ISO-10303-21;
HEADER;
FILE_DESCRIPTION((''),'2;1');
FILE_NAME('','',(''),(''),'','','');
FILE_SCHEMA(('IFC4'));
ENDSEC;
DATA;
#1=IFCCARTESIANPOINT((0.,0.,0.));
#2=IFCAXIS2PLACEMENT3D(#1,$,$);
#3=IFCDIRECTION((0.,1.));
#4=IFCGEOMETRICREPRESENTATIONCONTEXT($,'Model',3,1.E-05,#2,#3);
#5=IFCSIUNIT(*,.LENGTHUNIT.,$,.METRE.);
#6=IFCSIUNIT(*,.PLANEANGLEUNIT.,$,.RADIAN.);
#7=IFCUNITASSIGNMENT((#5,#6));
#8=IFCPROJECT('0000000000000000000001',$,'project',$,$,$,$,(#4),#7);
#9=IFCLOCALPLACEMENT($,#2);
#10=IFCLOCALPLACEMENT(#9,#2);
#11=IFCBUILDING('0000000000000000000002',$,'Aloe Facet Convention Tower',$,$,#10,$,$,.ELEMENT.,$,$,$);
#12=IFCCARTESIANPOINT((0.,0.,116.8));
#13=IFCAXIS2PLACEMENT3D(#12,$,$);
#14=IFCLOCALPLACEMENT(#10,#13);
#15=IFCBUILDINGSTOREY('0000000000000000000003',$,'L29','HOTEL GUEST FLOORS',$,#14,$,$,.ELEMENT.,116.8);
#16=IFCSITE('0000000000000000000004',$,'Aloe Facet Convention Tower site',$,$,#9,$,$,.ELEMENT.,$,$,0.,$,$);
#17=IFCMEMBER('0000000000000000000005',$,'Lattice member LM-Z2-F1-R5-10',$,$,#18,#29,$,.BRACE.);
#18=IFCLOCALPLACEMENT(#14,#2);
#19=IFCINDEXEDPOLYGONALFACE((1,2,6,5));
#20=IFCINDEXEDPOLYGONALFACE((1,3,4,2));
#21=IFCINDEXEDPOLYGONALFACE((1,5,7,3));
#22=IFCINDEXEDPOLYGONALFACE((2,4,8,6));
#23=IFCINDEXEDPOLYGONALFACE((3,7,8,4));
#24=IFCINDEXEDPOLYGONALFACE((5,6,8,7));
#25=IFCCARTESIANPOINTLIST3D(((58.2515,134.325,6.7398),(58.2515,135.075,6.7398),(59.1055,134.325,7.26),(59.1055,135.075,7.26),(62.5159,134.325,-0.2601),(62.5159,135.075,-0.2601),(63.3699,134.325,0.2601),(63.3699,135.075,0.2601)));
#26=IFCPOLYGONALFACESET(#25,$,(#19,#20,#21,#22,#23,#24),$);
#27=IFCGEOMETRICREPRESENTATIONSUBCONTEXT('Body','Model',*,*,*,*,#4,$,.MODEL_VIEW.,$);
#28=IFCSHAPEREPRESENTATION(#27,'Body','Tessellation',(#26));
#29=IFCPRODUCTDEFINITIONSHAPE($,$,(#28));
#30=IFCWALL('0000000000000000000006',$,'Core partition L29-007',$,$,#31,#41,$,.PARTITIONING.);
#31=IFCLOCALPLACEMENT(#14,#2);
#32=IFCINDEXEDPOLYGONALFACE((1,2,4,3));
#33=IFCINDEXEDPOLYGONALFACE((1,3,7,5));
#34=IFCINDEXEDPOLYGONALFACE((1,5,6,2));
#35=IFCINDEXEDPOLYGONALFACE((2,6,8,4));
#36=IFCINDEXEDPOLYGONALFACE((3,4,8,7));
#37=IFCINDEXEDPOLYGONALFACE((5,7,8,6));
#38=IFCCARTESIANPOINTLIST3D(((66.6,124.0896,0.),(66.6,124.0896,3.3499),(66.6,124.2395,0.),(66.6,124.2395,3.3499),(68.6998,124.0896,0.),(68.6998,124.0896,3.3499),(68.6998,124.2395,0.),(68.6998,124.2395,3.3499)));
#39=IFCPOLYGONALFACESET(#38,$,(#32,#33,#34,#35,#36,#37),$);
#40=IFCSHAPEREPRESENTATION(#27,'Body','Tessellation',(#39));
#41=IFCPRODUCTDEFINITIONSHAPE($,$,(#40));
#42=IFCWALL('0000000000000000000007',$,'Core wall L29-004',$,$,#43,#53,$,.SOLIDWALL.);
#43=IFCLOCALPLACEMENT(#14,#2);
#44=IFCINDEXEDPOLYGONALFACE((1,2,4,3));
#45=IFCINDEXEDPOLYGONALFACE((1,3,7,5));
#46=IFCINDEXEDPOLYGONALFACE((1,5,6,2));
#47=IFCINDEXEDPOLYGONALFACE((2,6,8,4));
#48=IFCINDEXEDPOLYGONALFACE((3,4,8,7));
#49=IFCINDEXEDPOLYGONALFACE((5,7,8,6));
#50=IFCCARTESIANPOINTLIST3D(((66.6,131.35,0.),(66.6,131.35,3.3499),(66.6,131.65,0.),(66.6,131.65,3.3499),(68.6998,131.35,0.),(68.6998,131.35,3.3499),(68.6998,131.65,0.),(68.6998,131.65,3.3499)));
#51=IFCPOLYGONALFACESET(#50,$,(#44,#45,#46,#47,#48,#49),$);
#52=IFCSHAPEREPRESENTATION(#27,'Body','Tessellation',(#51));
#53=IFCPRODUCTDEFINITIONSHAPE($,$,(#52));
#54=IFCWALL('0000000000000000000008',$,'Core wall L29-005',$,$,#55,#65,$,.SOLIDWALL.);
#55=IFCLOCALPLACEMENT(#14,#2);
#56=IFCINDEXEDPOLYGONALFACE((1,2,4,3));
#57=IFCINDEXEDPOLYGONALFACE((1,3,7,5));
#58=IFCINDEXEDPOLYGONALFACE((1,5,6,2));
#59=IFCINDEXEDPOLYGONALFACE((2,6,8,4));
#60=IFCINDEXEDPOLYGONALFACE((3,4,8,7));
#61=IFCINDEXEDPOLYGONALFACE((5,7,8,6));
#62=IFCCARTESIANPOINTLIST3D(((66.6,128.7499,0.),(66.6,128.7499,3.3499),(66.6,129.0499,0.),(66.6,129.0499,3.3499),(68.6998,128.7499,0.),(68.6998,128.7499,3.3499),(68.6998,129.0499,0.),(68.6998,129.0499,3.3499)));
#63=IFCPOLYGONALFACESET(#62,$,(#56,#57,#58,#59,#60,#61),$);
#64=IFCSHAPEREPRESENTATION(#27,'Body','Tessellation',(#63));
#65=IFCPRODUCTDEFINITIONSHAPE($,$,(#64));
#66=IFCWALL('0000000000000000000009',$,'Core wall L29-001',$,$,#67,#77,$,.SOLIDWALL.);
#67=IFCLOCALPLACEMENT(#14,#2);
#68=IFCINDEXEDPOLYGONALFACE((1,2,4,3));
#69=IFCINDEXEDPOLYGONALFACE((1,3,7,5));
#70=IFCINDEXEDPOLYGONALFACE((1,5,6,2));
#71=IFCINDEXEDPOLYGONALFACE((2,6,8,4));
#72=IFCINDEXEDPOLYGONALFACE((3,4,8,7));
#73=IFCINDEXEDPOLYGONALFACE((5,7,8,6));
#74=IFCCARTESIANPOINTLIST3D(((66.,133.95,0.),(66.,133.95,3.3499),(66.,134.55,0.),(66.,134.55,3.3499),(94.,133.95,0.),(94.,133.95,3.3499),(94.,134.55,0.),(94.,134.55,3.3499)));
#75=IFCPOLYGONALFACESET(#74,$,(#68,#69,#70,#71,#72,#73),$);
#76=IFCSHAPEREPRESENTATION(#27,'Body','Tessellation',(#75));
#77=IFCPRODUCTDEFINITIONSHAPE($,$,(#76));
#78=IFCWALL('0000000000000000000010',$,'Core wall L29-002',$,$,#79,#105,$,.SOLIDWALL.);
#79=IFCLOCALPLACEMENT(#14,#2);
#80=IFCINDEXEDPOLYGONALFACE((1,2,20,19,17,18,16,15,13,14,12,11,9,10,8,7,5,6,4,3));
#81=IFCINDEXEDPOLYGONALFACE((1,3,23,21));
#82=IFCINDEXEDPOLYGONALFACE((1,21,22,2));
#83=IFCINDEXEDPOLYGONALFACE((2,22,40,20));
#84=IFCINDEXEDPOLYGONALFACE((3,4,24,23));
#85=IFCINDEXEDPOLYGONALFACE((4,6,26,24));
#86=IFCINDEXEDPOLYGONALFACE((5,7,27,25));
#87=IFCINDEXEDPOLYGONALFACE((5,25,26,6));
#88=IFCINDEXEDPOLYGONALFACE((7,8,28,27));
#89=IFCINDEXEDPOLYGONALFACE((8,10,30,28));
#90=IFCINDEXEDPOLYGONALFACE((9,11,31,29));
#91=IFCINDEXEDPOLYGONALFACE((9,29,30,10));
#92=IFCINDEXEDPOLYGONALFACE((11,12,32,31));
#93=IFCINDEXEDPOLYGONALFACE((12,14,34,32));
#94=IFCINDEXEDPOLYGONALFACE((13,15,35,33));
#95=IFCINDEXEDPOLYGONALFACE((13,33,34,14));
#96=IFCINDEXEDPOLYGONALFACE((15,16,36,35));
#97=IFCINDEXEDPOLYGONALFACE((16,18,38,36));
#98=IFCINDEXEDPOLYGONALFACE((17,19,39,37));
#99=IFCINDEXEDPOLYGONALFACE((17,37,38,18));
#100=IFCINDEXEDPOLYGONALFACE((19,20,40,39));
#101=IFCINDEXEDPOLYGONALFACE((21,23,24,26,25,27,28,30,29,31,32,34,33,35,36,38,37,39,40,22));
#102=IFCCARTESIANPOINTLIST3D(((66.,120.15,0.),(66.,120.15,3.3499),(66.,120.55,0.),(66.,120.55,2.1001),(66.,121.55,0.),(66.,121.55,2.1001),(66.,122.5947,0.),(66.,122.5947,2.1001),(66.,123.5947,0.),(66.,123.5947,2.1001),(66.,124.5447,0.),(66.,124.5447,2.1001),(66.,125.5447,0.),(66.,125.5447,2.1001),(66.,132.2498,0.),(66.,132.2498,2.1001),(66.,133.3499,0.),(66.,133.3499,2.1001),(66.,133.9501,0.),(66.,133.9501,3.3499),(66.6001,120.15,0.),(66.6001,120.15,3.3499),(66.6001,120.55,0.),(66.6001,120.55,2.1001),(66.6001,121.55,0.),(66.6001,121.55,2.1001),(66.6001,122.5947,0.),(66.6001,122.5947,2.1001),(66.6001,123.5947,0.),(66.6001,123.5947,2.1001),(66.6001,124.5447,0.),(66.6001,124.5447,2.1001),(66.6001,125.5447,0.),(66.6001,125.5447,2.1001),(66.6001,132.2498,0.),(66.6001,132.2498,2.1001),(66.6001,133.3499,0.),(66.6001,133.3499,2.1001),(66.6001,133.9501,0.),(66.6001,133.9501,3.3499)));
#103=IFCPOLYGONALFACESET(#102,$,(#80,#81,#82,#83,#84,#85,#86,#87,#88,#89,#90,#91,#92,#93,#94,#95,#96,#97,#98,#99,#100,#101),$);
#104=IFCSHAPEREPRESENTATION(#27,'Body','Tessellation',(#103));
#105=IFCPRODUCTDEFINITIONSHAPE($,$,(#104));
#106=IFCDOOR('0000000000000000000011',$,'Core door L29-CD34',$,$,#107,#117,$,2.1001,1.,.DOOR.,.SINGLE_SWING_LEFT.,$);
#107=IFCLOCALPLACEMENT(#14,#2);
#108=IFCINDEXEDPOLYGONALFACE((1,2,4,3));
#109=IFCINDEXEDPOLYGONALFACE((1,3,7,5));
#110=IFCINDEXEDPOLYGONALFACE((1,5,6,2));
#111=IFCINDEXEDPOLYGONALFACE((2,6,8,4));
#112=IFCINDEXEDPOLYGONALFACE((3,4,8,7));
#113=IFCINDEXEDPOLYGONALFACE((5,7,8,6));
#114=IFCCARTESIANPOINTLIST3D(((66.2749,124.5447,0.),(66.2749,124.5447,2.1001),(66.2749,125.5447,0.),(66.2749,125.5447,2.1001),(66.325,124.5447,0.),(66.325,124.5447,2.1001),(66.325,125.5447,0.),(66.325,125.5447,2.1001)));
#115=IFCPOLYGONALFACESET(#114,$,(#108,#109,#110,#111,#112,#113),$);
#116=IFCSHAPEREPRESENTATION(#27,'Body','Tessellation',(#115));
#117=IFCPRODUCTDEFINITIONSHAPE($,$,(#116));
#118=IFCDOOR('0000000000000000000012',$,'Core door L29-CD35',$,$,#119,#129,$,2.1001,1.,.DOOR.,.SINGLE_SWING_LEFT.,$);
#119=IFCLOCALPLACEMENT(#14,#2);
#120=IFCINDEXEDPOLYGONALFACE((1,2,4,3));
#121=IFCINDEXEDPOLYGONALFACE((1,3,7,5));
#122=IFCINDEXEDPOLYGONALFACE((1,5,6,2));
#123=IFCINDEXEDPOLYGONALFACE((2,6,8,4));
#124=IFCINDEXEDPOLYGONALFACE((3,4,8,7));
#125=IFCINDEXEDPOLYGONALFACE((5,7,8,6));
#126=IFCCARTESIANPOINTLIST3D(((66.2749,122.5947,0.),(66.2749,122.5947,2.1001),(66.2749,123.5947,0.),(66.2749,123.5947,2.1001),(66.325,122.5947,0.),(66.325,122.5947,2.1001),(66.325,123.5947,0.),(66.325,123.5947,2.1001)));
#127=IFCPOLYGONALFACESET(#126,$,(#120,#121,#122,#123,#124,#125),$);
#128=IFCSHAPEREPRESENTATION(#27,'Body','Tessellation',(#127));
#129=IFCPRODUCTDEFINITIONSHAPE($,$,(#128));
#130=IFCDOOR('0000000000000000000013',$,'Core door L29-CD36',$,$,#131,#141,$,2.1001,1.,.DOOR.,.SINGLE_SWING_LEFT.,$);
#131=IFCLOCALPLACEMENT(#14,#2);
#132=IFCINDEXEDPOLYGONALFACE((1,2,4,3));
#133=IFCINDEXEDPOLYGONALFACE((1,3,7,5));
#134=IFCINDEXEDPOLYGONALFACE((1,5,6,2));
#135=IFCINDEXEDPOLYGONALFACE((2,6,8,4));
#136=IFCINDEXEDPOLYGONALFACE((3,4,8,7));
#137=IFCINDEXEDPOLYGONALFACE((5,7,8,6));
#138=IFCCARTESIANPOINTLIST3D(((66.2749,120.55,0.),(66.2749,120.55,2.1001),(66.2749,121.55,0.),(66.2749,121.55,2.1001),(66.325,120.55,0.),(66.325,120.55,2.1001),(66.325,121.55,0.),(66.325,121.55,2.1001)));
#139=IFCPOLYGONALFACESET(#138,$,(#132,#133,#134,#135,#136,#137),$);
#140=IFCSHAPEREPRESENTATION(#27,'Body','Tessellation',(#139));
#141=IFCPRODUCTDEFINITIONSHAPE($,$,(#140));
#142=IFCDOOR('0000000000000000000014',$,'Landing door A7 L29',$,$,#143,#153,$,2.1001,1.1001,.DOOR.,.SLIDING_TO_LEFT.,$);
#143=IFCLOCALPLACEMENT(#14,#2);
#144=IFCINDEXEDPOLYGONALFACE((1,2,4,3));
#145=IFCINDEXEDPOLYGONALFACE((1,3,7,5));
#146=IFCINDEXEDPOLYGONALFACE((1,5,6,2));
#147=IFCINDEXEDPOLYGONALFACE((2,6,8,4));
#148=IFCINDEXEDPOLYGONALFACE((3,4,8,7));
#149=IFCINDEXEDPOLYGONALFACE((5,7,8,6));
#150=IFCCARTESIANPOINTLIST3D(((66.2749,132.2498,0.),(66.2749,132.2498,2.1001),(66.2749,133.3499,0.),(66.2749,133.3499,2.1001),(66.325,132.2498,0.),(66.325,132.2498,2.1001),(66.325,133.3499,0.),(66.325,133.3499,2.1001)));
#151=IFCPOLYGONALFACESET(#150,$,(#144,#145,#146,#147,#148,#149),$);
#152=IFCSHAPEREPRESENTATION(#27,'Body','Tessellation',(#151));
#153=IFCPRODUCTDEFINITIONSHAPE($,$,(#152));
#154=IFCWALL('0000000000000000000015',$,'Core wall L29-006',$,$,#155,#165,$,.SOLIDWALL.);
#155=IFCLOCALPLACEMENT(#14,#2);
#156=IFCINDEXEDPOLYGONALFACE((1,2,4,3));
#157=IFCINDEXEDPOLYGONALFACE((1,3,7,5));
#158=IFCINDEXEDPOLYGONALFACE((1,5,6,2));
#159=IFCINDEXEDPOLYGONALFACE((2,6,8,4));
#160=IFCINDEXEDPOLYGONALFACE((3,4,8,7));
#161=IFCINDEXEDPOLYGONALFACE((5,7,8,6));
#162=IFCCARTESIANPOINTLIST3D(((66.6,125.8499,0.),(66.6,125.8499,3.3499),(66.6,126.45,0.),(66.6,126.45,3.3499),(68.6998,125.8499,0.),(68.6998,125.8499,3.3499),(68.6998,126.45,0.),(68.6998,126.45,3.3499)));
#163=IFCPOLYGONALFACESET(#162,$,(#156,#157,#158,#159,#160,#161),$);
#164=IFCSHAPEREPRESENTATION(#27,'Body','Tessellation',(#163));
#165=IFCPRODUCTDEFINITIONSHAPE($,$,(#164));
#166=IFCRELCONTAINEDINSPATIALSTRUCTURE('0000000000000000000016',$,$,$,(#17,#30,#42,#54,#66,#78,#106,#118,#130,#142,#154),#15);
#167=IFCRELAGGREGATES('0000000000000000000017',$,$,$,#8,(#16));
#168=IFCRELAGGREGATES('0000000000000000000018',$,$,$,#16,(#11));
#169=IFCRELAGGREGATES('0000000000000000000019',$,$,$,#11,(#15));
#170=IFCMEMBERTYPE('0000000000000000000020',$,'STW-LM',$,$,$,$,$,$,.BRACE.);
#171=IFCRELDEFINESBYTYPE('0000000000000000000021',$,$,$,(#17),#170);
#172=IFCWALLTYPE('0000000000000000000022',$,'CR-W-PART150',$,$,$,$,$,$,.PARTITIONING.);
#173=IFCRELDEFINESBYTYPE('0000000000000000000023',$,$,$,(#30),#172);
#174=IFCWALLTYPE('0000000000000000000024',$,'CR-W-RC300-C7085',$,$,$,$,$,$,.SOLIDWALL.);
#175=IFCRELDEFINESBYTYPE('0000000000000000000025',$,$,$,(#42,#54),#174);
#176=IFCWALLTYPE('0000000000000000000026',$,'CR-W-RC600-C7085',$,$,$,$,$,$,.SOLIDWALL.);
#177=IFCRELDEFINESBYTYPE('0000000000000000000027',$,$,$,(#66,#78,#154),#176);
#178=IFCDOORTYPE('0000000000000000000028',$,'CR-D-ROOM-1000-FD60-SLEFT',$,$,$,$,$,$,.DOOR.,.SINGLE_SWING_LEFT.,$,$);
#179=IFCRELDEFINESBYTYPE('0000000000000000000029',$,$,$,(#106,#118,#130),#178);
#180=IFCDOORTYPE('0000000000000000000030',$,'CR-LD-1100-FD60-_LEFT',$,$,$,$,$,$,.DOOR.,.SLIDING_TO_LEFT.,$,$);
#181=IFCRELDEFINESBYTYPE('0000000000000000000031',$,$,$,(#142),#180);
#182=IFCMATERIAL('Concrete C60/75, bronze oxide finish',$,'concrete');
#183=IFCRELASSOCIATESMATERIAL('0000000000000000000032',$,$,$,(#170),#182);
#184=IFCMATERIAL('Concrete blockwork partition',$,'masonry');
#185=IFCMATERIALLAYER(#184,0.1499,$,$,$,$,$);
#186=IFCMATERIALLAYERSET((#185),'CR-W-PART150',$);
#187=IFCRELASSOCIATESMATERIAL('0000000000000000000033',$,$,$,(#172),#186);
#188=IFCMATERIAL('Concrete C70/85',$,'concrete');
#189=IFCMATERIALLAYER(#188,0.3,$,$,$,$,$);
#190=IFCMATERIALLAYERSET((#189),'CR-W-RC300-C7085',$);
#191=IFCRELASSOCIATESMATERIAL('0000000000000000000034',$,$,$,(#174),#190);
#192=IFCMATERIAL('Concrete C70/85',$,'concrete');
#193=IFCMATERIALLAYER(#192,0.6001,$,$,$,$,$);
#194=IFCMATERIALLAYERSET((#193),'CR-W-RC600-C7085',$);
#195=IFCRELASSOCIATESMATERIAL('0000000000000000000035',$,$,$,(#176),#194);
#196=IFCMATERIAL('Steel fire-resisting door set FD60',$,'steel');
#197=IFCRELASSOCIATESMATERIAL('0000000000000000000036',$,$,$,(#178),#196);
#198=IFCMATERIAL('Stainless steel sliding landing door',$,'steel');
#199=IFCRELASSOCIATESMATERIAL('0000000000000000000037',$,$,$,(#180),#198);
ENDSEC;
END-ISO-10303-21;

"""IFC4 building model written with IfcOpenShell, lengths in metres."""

from ifc_helpers import new_model, si_unit, direction, frame, frame_2d, origin, origin_2d, place, context, subcontext, project, spatial, rectangle, extrude, material, layer, layer_set, material_profile, profile_set, type_object, element, fill, save


model = new_model("IFC4")

# Units and contexts
model_context = context("Model", 3, precision=1e-05, world=origin(), true_north=direction((0.0, 1.0)))
body_context = subcontext(model_context, "Body", "Model", "MODEL_VIEW")
ifc_project = project(units=[si_unit("LENGTHUNIT", "METRE"), si_unit("PLANEANGLEUNIT", "RADIAN")], contexts=[model_context])

# Site, building, storey
site_placement = place(None, origin())
site = spatial("IfcSite", under=ifc_project, at=site_placement, Name="Aloe Facet Convention Tower site", CompositionType="ELEMENT", RefElevation=0.0)
building_placement = place(site_placement, origin())
building = spatial("IfcBuilding", under=site, at=building_placement, Name="Aloe Facet Convention Tower", CompositionType="ELEMENT")
storey_placement = place(building_placement, frame((0.0, 0.0, 116.8)))
storey = spatial("IfcBuildingStorey", under=building, at=storey_placement, Name="L29", Description="HOTEL GUEST FLOORS", CompositionType="ELEMENT", Elevation=116.8)

# Member
ifc_material_1 = material(Name="Concrete C60/75, bronze oxide finish", Category="concrete")
ifc_material_profile = material_profile(ifc_material_1, rectangle(XDim=0.75, YDim=1.0, at=origin_2d()), Name="STW-LM")
ifc_profile_set = profile_set([ifc_material_profile], Name="Concrete C60/75, bronze oxide finish")
member_type = type_object("IfcMemberType", Name="STW-LM", PredefinedType="BRACE", material=ifc_profile_set)
member_placement = place(storey_placement, frame((62.9429, 134.7, 0.0), z_axis=(-0.520262, 0.0, 0.854007), x_axis=(0.0, -1.0, 0.0)))
element("IfcMember", 1, at=member_placement, inside=storey, type_object=member_type, Name="Lattice member LM-Z2-F1-R5-10", PredefinedType="BRACE", context=body_context, shape_type="SweptSolid", body=[
    extrude(rectangle(XDim=0.75, YDim=1.0, at=origin_2d()), origin(), (0.0, 0.0, 1.0), 8.1965),
])

# Walls
ifc_material_2 = material(Name="Concrete blockwork partition", Category="masonry")
ifc_layer_1 = layer(ifc_material_2, 0.1499)
ifc_layer_set_1 = layer_set([ifc_layer_1], Name="CR-W-PART150")
wall_type_1 = type_object("IfcWallType", Name="CR-W-PART150", PredefinedType="PARTITIONING", material=ifc_layer_set_1)
wall_1_placement = place(storey_placement, frame((66.6001, 124.1646, 0.0), z_axis=(0.0, 0.0, 1.0), x_axis=(1.0, 0.0, 0.0)))
element("IfcWall", 2, at=wall_1_placement, inside=storey, type_object=wall_type_1, Name="Core partition L29-007", PredefinedType="PARTITIONING", context=body_context, shape_type="SweptSolid", body=[
    extrude(rectangle(XDim=2.0999, YDim=0.1499, at=frame_2d((1.0498, 0.0))), origin(), (0.0, 0.0, 1.0), 3.3499),
])
ifc_material_3 = material(Name="Concrete C70/85", Category="concrete")
ifc_layer_2 = layer(ifc_material_3, 0.3)
ifc_layer_set_2 = layer_set([ifc_layer_2], Name="CR-W-RC300-C7085")
wall_type_2 = type_object("IfcWallType", Name="CR-W-RC300-C7085", PredefinedType="SOLIDWALL", material=ifc_layer_set_2)
for number, where, z_axis, x_axis, name in (
    (3, (66.6001, 131.5, 0.0), (0.0, 0.0, 1.0), (1.0, 0.0, 0.0), "Core wall L29-004"),
    (4, (66.6001, 128.8999, 0.0), (0.0, 0.0, 1.0), (1.0, 0.0, 0.0), "Core wall L29-005"),
):
    element("IfcWall", number, at=place(storey_placement, frame(where, z_axis=z_axis, x_axis=x_axis)), inside=storey, type_object=wall_type_2, Name=name, PredefinedType="SOLIDWALL", context=body_context, shape_type="SweptSolid", body=[
        extrude(rectangle(XDim=2.0999, YDim=0.3, at=frame_2d((1.0498, 0.0))), origin(), (0.0, 0.0, 1.0), 3.3499),
    ])
ifc_material_4 = material(Name="Concrete C70/85", Category="concrete")
ifc_layer_3 = layer(ifc_material_4, 0.6001)
ifc_layer_set_3 = layer_set([ifc_layer_3], Name="CR-W-RC600-C7085")
wall_type_3 = type_object("IfcWallType", Name="CR-W-RC600-C7085", PredefinedType="SOLIDWALL", material=ifc_layer_set_3)
wall_2_placement = place(storey_placement, frame((66.0, 134.25, 0.0), z_axis=(0.0, 0.0, 1.0), x_axis=(1.0, 0.0, 0.0)))
element("IfcWall", 5, at=wall_2_placement, inside=storey, type_object=wall_type_3, Name="Core wall L29-001", PredefinedType="SOLIDWALL", context=body_context, shape_type="SweptSolid", body=[
    extrude(rectangle(XDim=28.0, YDim=0.6001, at=frame_2d((14.0, 0.0))), origin(), (0.0, 0.0, 1.0), 3.3499),
])

# Wall, openings, doors
wall_3_placement = place(storey_placement, frame((66.3, 133.95, 0.0), z_axis=(0.0, 0.0, 1.0), x_axis=(0.0, -1.0, 0.0)))
wall_3 = element("IfcWall", 6, at=wall_3_placement, inside=storey, type_object=wall_type_3, Name="Core wall L29-002", PredefinedType="SOLIDWALL", context=body_context, shape_type="SweptSolid", body=[
    extrude(rectangle(XDim=13.8, YDim=0.6001, at=frame_2d((6.8999, 0.0))), origin(), (0.0, 0.0, 1.0), 3.3499),
])
opening_1_placement = place(wall_3_placement, frame((0.6001, 0.0, 0.0)))
opening_1 = element("IfcOpeningElement", 7, at=opening_1_placement, cuts=wall_3, PredefinedType="OPENING", context=body_context, shape_type="SweptSolid", body=[
    extrude(rectangle(XDim=1.1001, YDim=2.1001, at=frame_2d((0.55, 1.05))), frame((0.0, 0.3101, 0.0), z_axis=(0.0, -1.0, 0.0), x_axis=(1.0, 0.0, 0.0)), (0.0, 0.0, 1.0), 0.6201),
])
opening_2_placement = place(wall_3_placement, frame((8.4053, 0.0, 0.0)))
opening_2 = element("IfcOpeningElement", 8, at=opening_2_placement, cuts=wall_3, PredefinedType="OPENING", context=body_context, shape_type="SweptSolid", body=[
    extrude(rectangle(XDim=1.0, YDim=2.1001, at=frame_2d((0.5, 1.05))), frame((0.0, 0.3101, 0.0), z_axis=(0.0, -1.0, 0.0), x_axis=(1.0, 0.0, 0.0)), (0.0, 0.0, 1.0), 0.6201),
])
opening_3_placement = place(wall_3_placement, frame((10.3552, 0.0, 0.0)))
opening_3 = element("IfcOpeningElement", 9, at=opening_3_placement, cuts=wall_3, PredefinedType="OPENING", context=body_context, shape_type="SweptSolid", body=[
    extrude(rectangle(XDim=1.0, YDim=2.1001, at=frame_2d((0.5, 1.05))), frame((0.0, 0.3101, 0.0), z_axis=(0.0, -1.0, 0.0), x_axis=(1.0, 0.0, 0.0)), (0.0, 0.0, 1.0), 0.6201),
])
opening_4_placement = place(wall_3_placement, frame((12.3999, 0.0, 0.0)))
opening_4 = element("IfcOpeningElement", 10, at=opening_4_placement, cuts=wall_3, PredefinedType="OPENING", context=body_context, shape_type="SweptSolid", body=[
    extrude(rectangle(XDim=1.0, YDim=2.1001, at=frame_2d((0.5, 1.05))), frame((0.0, 0.3101, 0.0), z_axis=(0.0, -1.0, 0.0), x_axis=(1.0, 0.0, 0.0)), (0.0, 0.0, 1.0), 0.6201),
])
ifc_material_5 = material(Name="Steel fire-resisting door set FD60", Category="steel")
door_type_1 = type_object("IfcDoorType", Name="CR-D-ROOM-1000-FD60-SLEFT", OperationType="SINGLE_SWING_LEFT", PredefinedType="DOOR", material=ifc_material_5)
door_1_placement = place(opening_2_placement, origin())
door_1 = element("IfcDoor", 11, at=door_1_placement, inside=storey, type_object=door_type_1, Name="Core door L29-CD34", OperationType="SINGLE_SWING_LEFT", OverallHeight=2.1001, OverallWidth=1.0, PredefinedType="DOOR", context=body_context, shape_type="SweptSolid", body=[
    extrude(rectangle(XDim=1.0, YDim=2.1001, at=frame_2d((0.5, 1.05))), frame((0.0, 0.0249, 0.0), z_axis=(0.0, -1.0, 0.0), x_axis=(1.0, 0.0, 0.0)), (0.0, 0.0, 1.0), 0.05),
])
fill(opening_2, door_1)
door_2_placement = place(opening_3_placement, origin())
door_2 = element("IfcDoor", 12, at=door_2_placement, inside=storey, type_object=door_type_1, Name="Core door L29-CD35", OperationType="SINGLE_SWING_LEFT", OverallHeight=2.1001, OverallWidth=1.0, PredefinedType="DOOR", context=body_context, shape_type="SweptSolid", body=[
    extrude(rectangle(XDim=1.0, YDim=2.1001, at=frame_2d((0.5, 1.05))), frame((0.0, 0.0249, 0.0), z_axis=(0.0, -1.0, 0.0), x_axis=(1.0, 0.0, 0.0)), (0.0, 0.0, 1.0), 0.05),
])
fill(opening_3, door_2)
door_3_placement = place(opening_4_placement, origin())
door_3 = element("IfcDoor", 13, at=door_3_placement, inside=storey, type_object=door_type_1, Name="Core door L29-CD36", OperationType="SINGLE_SWING_LEFT", OverallHeight=2.1001, OverallWidth=1.0, PredefinedType="DOOR", context=body_context, shape_type="SweptSolid", body=[
    extrude(rectangle(XDim=1.0, YDim=2.1001, at=frame_2d((0.5, 1.05))), frame((0.0, 0.0249, 0.0), z_axis=(0.0, -1.0, 0.0), x_axis=(1.0, 0.0, 0.0)), (0.0, 0.0, 1.0), 0.05),
])
fill(opening_4, door_3)
ifc_material_6 = material(Name="Stainless steel sliding landing door", Category="steel")
door_type_2 = type_object("IfcDoorType", Name="CR-LD-1100-FD60-_LEFT", OperationType="SLIDING_TO_LEFT", PredefinedType="DOOR", material=ifc_material_6)
door_4_placement = place(opening_1_placement, origin())
door_4 = element("IfcDoor", 14, at=door_4_placement, inside=storey, type_object=door_type_2, Name="Landing door A7 L29", OperationType="SLIDING_TO_LEFT", OverallHeight=2.1001, OverallWidth=1.1001, PredefinedType="DOOR", context=body_context, shape_type="SweptSolid", body=[
    extrude(rectangle(XDim=1.1001, YDim=2.1001, at=frame_2d((0.55, 1.05))), frame((0.0, 0.0249, 0.0), z_axis=(0.0, -1.0, 0.0), x_axis=(1.0, 0.0, 0.0)), (0.0, 0.0, 1.0), 0.05),
])
fill(opening_1, door_4)

# Wall
wall_4_placement = place(storey_placement, frame((66.6001, 126.1499, 0.0), z_axis=(0.0, 0.0, 1.0), x_axis=(1.0, 0.0, 0.0)))
element("IfcWall", 15, at=wall_4_placement, inside=storey, type_object=wall_type_3, Name="Core wall L29-006", PredefinedType="SOLIDWALL", context=body_context, shape_type="SweptSolid", body=[
    extrude(rectangle(XDim=2.0999, YDim=0.6001, at=frame_2d((1.0498, 0.0))), origin(), (0.0, 0.0, 1.0), 3.3499),
])

save(model, "model.ifc")
